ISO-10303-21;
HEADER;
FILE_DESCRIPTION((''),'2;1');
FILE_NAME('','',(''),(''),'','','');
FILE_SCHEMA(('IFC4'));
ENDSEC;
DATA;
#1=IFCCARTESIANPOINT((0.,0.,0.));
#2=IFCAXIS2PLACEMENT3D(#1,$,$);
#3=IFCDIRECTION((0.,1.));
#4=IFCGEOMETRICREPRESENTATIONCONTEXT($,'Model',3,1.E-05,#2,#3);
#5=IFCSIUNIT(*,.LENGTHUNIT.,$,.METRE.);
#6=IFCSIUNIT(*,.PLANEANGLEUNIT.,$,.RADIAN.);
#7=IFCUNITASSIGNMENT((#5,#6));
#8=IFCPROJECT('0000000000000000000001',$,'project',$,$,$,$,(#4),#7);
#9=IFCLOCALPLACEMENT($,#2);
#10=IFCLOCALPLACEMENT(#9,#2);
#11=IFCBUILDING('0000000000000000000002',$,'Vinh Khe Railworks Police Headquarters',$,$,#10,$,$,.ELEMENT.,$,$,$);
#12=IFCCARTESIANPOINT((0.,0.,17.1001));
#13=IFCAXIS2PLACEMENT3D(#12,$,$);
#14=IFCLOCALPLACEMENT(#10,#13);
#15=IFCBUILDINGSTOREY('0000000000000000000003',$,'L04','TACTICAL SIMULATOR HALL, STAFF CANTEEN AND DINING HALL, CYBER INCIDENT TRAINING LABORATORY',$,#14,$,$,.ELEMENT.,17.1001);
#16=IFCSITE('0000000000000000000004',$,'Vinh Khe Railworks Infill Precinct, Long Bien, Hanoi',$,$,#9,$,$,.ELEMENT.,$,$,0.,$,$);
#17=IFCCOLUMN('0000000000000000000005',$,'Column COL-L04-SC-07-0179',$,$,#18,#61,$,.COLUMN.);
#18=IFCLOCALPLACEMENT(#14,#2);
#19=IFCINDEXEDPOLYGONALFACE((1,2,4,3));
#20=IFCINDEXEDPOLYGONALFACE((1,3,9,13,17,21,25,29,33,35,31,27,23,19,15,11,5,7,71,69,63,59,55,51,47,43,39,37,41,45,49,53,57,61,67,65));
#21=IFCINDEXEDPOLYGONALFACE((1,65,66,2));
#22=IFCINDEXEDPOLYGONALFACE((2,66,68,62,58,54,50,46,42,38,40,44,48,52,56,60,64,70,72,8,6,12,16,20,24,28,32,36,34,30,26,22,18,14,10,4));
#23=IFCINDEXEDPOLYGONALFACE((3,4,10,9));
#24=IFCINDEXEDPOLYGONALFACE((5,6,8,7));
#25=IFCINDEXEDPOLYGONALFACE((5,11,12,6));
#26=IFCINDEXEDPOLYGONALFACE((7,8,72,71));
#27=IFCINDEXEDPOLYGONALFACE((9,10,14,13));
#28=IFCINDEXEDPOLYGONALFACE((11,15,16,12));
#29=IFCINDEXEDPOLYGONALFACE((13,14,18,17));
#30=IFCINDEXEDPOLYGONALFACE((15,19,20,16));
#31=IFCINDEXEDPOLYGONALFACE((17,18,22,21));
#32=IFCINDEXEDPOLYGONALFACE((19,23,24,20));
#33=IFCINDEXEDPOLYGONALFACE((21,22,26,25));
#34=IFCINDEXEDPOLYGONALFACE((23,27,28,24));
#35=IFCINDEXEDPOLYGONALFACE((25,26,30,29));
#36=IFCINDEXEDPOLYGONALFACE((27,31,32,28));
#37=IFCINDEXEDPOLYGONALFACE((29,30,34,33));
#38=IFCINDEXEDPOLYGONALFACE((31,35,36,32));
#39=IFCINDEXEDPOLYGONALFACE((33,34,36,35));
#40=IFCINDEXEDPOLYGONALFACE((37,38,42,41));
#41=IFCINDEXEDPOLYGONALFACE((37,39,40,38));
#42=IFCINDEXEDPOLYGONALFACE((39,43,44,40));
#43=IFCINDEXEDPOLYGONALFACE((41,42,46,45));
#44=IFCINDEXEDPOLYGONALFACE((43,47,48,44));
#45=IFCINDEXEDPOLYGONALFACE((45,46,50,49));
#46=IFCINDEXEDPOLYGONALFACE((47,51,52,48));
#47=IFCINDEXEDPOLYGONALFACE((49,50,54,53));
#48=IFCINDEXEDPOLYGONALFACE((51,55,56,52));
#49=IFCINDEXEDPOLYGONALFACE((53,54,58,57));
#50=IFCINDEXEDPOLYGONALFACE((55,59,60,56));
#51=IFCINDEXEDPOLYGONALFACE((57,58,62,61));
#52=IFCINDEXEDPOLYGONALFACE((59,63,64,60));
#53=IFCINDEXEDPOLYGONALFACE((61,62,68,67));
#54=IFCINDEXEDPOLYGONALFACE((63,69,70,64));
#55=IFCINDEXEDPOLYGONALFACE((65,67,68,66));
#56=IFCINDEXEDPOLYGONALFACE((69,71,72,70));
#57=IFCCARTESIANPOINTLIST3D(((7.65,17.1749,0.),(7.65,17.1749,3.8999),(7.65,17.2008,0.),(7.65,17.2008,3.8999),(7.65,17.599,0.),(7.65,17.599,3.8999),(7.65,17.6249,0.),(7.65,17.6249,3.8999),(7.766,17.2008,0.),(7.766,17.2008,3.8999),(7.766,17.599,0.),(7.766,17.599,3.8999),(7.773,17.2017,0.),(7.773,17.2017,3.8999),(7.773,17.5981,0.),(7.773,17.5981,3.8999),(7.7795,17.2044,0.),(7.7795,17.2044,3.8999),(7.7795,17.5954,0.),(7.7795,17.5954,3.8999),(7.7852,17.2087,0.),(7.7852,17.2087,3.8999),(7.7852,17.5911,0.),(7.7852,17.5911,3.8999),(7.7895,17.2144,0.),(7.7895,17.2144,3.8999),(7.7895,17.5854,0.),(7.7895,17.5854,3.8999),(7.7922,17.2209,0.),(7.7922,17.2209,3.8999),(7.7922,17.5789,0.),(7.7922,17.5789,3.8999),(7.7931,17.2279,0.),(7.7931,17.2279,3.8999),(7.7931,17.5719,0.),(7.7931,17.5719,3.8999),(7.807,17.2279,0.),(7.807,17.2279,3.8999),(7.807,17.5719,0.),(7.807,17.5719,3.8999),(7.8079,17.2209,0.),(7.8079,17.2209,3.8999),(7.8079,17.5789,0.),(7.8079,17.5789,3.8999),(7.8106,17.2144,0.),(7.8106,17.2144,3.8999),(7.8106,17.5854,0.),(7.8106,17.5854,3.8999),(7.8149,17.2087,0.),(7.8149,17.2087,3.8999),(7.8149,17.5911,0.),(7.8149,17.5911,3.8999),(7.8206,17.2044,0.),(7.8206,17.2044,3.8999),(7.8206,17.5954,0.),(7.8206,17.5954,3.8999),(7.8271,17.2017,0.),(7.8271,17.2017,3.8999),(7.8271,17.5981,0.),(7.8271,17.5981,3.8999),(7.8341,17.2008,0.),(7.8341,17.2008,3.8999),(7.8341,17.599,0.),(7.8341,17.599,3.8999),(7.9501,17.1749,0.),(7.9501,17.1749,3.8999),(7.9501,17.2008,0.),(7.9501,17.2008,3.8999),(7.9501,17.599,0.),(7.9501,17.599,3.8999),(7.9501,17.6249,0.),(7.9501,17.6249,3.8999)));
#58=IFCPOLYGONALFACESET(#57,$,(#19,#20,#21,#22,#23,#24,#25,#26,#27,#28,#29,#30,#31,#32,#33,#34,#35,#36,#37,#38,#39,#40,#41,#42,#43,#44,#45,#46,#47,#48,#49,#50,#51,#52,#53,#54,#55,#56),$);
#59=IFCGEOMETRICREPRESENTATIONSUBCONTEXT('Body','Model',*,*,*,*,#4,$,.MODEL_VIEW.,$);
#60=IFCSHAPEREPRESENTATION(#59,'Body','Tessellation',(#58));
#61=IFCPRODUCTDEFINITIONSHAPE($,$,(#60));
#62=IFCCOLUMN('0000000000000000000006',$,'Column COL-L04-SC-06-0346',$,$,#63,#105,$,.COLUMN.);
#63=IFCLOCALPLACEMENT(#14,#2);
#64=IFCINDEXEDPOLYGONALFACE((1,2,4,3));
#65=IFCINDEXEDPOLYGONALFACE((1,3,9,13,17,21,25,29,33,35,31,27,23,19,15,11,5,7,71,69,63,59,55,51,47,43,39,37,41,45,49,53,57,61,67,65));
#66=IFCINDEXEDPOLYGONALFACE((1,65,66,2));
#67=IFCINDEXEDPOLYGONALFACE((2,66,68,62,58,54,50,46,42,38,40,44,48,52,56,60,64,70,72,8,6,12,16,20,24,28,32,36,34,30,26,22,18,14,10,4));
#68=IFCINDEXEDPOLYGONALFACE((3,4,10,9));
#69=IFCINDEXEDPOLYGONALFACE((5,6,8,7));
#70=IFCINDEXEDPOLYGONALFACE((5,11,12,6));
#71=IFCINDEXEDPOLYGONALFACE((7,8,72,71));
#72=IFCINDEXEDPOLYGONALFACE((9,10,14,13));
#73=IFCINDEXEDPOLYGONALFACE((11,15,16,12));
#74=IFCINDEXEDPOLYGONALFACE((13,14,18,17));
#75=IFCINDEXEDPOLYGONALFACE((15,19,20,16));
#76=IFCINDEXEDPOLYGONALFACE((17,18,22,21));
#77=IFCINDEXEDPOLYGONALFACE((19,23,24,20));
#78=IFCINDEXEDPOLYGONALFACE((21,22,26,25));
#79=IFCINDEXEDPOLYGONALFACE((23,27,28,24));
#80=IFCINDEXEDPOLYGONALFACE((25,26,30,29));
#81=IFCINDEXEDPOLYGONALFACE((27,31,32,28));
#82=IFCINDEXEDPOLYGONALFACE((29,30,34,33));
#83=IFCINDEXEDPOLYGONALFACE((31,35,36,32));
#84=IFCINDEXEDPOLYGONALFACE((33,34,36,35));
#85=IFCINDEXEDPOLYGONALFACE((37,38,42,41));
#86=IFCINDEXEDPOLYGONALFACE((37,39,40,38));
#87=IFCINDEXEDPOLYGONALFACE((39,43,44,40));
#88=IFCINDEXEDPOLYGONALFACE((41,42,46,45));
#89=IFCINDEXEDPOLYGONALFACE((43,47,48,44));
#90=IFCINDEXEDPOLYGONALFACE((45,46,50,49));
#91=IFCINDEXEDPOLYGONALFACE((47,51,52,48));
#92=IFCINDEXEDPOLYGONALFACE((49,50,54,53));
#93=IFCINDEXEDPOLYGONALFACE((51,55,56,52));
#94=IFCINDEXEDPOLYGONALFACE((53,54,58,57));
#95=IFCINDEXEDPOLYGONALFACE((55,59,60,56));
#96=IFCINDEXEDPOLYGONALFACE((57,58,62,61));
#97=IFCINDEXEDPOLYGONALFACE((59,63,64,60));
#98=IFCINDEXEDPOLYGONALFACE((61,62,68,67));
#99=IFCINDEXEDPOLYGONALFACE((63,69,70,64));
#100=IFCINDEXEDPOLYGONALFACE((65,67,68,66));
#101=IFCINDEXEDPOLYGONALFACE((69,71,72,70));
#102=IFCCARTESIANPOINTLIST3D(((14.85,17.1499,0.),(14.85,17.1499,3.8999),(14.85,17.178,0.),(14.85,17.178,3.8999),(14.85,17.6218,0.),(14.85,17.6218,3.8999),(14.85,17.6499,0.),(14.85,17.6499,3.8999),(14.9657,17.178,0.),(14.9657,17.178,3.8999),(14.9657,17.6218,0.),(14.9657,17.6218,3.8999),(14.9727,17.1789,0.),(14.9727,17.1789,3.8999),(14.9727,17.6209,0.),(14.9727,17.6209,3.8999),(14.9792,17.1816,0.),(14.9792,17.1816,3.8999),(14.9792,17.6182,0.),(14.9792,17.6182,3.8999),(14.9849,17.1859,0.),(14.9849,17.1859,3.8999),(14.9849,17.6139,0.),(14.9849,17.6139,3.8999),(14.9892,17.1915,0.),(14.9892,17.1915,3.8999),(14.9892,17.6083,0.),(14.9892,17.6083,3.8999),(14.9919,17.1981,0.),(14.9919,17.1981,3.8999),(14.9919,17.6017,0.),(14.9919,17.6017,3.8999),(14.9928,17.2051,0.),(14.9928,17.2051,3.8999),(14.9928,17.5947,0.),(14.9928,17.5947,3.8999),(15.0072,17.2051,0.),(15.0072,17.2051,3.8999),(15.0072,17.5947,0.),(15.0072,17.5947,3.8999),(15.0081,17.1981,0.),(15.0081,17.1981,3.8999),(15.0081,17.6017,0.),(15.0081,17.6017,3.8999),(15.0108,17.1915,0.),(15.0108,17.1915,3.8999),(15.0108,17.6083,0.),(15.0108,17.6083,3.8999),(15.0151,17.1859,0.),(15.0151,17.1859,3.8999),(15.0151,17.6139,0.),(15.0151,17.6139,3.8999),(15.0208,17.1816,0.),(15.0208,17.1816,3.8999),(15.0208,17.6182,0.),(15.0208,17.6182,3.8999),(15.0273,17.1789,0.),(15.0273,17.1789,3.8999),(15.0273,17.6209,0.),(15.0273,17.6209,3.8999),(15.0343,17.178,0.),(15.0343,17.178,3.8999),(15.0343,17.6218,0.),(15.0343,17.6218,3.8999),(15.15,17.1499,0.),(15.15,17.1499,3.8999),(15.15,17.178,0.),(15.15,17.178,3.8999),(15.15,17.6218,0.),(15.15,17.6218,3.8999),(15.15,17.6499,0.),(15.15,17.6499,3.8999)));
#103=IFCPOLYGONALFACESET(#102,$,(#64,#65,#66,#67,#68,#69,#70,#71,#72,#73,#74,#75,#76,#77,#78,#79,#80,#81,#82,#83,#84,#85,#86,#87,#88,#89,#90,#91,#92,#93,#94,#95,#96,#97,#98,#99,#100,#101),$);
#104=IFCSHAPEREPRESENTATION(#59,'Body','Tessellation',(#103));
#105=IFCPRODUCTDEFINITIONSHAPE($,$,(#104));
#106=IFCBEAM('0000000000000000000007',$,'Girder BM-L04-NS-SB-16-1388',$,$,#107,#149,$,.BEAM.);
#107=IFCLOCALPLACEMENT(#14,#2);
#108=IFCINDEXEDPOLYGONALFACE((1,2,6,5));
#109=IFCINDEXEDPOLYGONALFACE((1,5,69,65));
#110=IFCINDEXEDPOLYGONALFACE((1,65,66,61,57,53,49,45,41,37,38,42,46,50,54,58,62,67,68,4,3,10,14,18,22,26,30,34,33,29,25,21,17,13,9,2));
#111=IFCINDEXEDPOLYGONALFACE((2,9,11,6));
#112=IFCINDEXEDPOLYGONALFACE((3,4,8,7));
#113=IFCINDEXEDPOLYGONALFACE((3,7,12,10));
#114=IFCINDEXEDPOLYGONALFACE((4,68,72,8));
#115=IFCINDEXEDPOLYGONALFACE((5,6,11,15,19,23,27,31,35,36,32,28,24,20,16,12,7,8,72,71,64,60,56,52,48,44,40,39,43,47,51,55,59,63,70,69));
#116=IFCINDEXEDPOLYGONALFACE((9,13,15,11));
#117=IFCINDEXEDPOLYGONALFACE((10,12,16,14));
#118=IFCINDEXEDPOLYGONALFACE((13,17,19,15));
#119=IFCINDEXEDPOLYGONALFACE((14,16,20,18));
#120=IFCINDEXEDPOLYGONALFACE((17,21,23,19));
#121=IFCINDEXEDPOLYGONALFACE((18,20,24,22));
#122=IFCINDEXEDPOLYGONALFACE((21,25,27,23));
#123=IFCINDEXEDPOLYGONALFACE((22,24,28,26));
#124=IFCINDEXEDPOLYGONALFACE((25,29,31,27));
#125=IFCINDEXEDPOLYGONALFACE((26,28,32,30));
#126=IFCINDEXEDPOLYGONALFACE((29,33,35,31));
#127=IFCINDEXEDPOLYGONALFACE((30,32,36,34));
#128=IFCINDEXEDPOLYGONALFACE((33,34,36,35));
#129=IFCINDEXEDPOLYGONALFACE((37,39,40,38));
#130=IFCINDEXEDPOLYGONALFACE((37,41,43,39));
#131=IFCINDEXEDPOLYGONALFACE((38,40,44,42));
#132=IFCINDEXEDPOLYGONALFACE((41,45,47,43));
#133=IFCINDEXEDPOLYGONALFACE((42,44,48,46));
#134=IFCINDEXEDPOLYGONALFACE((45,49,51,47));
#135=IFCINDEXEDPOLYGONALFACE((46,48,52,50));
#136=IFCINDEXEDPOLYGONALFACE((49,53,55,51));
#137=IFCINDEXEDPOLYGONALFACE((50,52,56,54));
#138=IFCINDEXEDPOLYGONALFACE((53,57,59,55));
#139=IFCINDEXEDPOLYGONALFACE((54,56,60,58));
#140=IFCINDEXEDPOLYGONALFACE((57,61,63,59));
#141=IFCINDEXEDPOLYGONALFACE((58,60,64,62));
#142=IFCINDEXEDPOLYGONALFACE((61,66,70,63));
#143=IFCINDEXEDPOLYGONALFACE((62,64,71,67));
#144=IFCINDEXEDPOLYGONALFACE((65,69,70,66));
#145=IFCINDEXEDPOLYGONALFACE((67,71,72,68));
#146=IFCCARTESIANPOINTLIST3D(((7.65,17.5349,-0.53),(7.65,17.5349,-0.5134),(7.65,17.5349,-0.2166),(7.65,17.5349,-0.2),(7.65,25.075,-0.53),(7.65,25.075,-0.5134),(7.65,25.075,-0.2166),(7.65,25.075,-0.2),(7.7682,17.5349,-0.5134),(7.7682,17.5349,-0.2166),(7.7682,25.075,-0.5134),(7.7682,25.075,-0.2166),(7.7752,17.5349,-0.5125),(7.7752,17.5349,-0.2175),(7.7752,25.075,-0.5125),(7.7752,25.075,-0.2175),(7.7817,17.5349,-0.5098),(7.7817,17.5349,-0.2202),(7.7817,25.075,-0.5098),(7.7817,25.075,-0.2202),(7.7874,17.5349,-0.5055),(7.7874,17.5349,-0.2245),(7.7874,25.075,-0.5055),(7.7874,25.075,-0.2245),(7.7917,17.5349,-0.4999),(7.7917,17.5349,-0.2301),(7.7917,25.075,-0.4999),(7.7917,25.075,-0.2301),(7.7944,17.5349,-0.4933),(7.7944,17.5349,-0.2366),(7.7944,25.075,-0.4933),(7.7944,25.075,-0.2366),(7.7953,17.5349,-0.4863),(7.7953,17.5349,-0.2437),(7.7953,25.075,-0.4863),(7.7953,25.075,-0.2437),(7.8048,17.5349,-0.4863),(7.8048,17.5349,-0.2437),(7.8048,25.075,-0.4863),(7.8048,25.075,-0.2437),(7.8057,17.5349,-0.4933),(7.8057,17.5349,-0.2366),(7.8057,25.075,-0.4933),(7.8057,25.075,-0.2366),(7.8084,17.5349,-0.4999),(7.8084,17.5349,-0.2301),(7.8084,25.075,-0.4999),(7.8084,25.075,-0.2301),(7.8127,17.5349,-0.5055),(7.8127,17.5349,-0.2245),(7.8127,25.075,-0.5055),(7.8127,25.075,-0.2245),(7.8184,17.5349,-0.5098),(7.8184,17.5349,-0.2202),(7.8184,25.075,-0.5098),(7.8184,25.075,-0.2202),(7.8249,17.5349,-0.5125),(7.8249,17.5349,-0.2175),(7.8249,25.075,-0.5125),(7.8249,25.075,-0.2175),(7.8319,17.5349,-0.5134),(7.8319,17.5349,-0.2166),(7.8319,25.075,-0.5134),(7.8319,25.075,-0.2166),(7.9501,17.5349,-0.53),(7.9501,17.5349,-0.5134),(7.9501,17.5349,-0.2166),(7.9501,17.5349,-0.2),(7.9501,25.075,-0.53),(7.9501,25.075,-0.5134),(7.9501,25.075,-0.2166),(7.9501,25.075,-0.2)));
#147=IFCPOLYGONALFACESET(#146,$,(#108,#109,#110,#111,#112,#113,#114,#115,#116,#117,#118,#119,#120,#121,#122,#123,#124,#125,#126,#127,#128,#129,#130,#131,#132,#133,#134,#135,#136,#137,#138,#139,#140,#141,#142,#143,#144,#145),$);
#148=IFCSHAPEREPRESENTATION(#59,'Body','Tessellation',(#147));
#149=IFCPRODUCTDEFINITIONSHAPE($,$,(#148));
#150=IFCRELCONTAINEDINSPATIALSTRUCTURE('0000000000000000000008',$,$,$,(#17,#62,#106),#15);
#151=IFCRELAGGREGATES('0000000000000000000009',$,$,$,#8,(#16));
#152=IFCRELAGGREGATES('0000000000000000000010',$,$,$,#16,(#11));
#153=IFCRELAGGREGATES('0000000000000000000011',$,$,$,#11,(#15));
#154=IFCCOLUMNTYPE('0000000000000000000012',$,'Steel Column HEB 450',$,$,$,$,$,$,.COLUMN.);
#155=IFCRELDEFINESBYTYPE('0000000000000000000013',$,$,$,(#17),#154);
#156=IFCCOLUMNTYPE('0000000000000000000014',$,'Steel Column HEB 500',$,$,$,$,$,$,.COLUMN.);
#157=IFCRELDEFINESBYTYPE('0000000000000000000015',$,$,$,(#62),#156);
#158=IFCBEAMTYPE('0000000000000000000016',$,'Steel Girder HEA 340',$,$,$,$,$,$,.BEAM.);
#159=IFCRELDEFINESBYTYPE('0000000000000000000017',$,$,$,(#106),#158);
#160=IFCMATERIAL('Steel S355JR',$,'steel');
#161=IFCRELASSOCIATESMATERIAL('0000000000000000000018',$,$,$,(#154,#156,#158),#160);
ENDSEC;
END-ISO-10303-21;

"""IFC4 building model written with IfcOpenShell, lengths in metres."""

from ifc_helpers import new_model, si_unit, direction, frame, origin, origin_2d, place, context, subcontext, project, spatial, i_section, extrude, material, material_profile, profile_set, type_object, element, save


model = new_model("IFC4")

# Units and contexts
model_context = context("Model", 3, precision=1e-05, world=origin(), true_north=direction((0.0, 1.0)))
body_context = subcontext(model_context, "Body", "Model", "MODEL_VIEW")
ifc_project = project(units=[si_unit("LENGTHUNIT", "METRE"), si_unit("PLANEANGLEUNIT", "RADIAN")], contexts=[model_context])

# Site, building, storey
site_placement = place(None, origin())
site = spatial("IfcSite", under=ifc_project, at=site_placement, Name="Vinh Khe Railworks Infill Precinct, Long Bien, Hanoi", CompositionType="ELEMENT", RefElevation=0.0)
building_placement = place(site_placement, origin())
building = spatial("IfcBuilding", under=site, at=building_placement, Name="Vinh Khe Railworks Police Headquarters", CompositionType="ELEMENT")
storey_placement = place(building_placement, frame((0.0, 0.0, 17.1001)))
storey = spatial("IfcBuildingStorey", under=building, at=storey_placement, Name="L04", Description="TACTICAL SIMULATOR HALL, STAFF CANTEEN AND DINING HALL, CYBER INCIDENT TRAINING LABORATORY", CompositionType="ELEMENT", Elevation=17.1001)

# Columns
ifc_material_1 = material(Name="Steel S355JR", Category="steel")
ifc_material_profile_1 = material_profile(ifc_material_1, i_section(OverallWidth=0.3, OverallDepth=0.45, WebThickness=0.0139, FlangeThickness=0.0259, FilletRadius=0.0271, at=origin_2d()), Name="HEB 450")
ifc_profile_set_1 = profile_set([ifc_material_profile_1], Name="Steel S355JR")
column_type_1 = type_object("IfcColumnType", Name="Steel Column HEB 450", PredefinedType="COLUMN", material=ifc_profile_set_1)
column_1_placement = place(storey_placement, frame((7.8, 17.3999, 0.0), z_axis=(0.0, 0.0, 1.0), x_axis=(1.0, 0.0, 0.0)))
element("IfcColumn", 1, at=column_1_placement, inside=storey, type_object=column_type_1, Name="Column COL-L04-SC-07-0179", PredefinedType="COLUMN", context=body_context, shape_type="SweptSolid", body=[
    extrude(i_section(OverallWidth=0.3, OverallDepth=0.45, WebThickness=0.0139, FlangeThickness=0.0259, FilletRadius=0.0271, at=origin_2d()), origin(), (0.0, 0.0, 1.0), 3.8999),
])
ifc_material_profile_2 = material_profile(ifc_material_1, i_section(OverallWidth=0.3, OverallDepth=0.5, WebThickness=0.0144, FlangeThickness=0.0281, FilletRadius=0.0271, at=origin_2d()), Name="HEB 500")
ifc_profile_set_2 = profile_set([ifc_material_profile_2], Name="Steel S355JR")
column_type_2 = type_object("IfcColumnType", Name="Steel Column HEB 500", PredefinedType="COLUMN", material=ifc_profile_set_2)
column_2_placement = place(storey_placement, frame((15.0, 17.3999, 0.0), z_axis=(0.0, 0.0, 1.0), x_axis=(1.0, 0.0, 0.0)))
element("IfcColumn", 2, at=column_2_placement, inside=storey, type_object=column_type_2, Name="Column COL-L04-SC-06-0346", PredefinedType="COLUMN", context=body_context, shape_type="SweptSolid", body=[
    extrude(i_section(OverallWidth=0.3, OverallDepth=0.5, WebThickness=0.0144, FlangeThickness=0.0281, FilletRadius=0.0271, at=origin_2d()), origin(), (0.0, 0.0, 1.0), 3.8999),
])

# Beam
ifc_material_profile_3 = material_profile(ifc_material_1, i_section(OverallWidth=0.3, OverallDepth=0.3301, WebThickness=0.0095, FlangeThickness=0.0166, FilletRadius=0.0271, at=origin_2d()), Name="HEA 340")
ifc_profile_set_3 = profile_set([ifc_material_profile_3], Name="Steel S355JR")
beam_type_1 = type_object("IfcBeamType", Name="Steel Girder HEA 340", PredefinedType="BEAM", material=ifc_profile_set_3)
beam_1_placement = place(storey_placement, frame((7.8, 17.5349, -0.365), z_axis=(0.0, 1.0, 0.0), x_axis=(-1.0, 0.0, 0.0)))
element("IfcBeam", 3, at=beam_1_placement, inside=storey, type_object=beam_type_1, Name="Girder BM-L04-NS-SB-16-1388", PredefinedType="BEAM", context=body_context, shape_type="SweptSolid", body=[
    extrude(i_section(OverallWidth=0.3, OverallDepth=0.3301, WebThickness=0.0095, FlangeThickness=0.0166, FilletRadius=0.0271, at=origin_2d()), origin(), (0.0, 0.0, 1.0), 7.54),
])

save(model, "model.ifc")
